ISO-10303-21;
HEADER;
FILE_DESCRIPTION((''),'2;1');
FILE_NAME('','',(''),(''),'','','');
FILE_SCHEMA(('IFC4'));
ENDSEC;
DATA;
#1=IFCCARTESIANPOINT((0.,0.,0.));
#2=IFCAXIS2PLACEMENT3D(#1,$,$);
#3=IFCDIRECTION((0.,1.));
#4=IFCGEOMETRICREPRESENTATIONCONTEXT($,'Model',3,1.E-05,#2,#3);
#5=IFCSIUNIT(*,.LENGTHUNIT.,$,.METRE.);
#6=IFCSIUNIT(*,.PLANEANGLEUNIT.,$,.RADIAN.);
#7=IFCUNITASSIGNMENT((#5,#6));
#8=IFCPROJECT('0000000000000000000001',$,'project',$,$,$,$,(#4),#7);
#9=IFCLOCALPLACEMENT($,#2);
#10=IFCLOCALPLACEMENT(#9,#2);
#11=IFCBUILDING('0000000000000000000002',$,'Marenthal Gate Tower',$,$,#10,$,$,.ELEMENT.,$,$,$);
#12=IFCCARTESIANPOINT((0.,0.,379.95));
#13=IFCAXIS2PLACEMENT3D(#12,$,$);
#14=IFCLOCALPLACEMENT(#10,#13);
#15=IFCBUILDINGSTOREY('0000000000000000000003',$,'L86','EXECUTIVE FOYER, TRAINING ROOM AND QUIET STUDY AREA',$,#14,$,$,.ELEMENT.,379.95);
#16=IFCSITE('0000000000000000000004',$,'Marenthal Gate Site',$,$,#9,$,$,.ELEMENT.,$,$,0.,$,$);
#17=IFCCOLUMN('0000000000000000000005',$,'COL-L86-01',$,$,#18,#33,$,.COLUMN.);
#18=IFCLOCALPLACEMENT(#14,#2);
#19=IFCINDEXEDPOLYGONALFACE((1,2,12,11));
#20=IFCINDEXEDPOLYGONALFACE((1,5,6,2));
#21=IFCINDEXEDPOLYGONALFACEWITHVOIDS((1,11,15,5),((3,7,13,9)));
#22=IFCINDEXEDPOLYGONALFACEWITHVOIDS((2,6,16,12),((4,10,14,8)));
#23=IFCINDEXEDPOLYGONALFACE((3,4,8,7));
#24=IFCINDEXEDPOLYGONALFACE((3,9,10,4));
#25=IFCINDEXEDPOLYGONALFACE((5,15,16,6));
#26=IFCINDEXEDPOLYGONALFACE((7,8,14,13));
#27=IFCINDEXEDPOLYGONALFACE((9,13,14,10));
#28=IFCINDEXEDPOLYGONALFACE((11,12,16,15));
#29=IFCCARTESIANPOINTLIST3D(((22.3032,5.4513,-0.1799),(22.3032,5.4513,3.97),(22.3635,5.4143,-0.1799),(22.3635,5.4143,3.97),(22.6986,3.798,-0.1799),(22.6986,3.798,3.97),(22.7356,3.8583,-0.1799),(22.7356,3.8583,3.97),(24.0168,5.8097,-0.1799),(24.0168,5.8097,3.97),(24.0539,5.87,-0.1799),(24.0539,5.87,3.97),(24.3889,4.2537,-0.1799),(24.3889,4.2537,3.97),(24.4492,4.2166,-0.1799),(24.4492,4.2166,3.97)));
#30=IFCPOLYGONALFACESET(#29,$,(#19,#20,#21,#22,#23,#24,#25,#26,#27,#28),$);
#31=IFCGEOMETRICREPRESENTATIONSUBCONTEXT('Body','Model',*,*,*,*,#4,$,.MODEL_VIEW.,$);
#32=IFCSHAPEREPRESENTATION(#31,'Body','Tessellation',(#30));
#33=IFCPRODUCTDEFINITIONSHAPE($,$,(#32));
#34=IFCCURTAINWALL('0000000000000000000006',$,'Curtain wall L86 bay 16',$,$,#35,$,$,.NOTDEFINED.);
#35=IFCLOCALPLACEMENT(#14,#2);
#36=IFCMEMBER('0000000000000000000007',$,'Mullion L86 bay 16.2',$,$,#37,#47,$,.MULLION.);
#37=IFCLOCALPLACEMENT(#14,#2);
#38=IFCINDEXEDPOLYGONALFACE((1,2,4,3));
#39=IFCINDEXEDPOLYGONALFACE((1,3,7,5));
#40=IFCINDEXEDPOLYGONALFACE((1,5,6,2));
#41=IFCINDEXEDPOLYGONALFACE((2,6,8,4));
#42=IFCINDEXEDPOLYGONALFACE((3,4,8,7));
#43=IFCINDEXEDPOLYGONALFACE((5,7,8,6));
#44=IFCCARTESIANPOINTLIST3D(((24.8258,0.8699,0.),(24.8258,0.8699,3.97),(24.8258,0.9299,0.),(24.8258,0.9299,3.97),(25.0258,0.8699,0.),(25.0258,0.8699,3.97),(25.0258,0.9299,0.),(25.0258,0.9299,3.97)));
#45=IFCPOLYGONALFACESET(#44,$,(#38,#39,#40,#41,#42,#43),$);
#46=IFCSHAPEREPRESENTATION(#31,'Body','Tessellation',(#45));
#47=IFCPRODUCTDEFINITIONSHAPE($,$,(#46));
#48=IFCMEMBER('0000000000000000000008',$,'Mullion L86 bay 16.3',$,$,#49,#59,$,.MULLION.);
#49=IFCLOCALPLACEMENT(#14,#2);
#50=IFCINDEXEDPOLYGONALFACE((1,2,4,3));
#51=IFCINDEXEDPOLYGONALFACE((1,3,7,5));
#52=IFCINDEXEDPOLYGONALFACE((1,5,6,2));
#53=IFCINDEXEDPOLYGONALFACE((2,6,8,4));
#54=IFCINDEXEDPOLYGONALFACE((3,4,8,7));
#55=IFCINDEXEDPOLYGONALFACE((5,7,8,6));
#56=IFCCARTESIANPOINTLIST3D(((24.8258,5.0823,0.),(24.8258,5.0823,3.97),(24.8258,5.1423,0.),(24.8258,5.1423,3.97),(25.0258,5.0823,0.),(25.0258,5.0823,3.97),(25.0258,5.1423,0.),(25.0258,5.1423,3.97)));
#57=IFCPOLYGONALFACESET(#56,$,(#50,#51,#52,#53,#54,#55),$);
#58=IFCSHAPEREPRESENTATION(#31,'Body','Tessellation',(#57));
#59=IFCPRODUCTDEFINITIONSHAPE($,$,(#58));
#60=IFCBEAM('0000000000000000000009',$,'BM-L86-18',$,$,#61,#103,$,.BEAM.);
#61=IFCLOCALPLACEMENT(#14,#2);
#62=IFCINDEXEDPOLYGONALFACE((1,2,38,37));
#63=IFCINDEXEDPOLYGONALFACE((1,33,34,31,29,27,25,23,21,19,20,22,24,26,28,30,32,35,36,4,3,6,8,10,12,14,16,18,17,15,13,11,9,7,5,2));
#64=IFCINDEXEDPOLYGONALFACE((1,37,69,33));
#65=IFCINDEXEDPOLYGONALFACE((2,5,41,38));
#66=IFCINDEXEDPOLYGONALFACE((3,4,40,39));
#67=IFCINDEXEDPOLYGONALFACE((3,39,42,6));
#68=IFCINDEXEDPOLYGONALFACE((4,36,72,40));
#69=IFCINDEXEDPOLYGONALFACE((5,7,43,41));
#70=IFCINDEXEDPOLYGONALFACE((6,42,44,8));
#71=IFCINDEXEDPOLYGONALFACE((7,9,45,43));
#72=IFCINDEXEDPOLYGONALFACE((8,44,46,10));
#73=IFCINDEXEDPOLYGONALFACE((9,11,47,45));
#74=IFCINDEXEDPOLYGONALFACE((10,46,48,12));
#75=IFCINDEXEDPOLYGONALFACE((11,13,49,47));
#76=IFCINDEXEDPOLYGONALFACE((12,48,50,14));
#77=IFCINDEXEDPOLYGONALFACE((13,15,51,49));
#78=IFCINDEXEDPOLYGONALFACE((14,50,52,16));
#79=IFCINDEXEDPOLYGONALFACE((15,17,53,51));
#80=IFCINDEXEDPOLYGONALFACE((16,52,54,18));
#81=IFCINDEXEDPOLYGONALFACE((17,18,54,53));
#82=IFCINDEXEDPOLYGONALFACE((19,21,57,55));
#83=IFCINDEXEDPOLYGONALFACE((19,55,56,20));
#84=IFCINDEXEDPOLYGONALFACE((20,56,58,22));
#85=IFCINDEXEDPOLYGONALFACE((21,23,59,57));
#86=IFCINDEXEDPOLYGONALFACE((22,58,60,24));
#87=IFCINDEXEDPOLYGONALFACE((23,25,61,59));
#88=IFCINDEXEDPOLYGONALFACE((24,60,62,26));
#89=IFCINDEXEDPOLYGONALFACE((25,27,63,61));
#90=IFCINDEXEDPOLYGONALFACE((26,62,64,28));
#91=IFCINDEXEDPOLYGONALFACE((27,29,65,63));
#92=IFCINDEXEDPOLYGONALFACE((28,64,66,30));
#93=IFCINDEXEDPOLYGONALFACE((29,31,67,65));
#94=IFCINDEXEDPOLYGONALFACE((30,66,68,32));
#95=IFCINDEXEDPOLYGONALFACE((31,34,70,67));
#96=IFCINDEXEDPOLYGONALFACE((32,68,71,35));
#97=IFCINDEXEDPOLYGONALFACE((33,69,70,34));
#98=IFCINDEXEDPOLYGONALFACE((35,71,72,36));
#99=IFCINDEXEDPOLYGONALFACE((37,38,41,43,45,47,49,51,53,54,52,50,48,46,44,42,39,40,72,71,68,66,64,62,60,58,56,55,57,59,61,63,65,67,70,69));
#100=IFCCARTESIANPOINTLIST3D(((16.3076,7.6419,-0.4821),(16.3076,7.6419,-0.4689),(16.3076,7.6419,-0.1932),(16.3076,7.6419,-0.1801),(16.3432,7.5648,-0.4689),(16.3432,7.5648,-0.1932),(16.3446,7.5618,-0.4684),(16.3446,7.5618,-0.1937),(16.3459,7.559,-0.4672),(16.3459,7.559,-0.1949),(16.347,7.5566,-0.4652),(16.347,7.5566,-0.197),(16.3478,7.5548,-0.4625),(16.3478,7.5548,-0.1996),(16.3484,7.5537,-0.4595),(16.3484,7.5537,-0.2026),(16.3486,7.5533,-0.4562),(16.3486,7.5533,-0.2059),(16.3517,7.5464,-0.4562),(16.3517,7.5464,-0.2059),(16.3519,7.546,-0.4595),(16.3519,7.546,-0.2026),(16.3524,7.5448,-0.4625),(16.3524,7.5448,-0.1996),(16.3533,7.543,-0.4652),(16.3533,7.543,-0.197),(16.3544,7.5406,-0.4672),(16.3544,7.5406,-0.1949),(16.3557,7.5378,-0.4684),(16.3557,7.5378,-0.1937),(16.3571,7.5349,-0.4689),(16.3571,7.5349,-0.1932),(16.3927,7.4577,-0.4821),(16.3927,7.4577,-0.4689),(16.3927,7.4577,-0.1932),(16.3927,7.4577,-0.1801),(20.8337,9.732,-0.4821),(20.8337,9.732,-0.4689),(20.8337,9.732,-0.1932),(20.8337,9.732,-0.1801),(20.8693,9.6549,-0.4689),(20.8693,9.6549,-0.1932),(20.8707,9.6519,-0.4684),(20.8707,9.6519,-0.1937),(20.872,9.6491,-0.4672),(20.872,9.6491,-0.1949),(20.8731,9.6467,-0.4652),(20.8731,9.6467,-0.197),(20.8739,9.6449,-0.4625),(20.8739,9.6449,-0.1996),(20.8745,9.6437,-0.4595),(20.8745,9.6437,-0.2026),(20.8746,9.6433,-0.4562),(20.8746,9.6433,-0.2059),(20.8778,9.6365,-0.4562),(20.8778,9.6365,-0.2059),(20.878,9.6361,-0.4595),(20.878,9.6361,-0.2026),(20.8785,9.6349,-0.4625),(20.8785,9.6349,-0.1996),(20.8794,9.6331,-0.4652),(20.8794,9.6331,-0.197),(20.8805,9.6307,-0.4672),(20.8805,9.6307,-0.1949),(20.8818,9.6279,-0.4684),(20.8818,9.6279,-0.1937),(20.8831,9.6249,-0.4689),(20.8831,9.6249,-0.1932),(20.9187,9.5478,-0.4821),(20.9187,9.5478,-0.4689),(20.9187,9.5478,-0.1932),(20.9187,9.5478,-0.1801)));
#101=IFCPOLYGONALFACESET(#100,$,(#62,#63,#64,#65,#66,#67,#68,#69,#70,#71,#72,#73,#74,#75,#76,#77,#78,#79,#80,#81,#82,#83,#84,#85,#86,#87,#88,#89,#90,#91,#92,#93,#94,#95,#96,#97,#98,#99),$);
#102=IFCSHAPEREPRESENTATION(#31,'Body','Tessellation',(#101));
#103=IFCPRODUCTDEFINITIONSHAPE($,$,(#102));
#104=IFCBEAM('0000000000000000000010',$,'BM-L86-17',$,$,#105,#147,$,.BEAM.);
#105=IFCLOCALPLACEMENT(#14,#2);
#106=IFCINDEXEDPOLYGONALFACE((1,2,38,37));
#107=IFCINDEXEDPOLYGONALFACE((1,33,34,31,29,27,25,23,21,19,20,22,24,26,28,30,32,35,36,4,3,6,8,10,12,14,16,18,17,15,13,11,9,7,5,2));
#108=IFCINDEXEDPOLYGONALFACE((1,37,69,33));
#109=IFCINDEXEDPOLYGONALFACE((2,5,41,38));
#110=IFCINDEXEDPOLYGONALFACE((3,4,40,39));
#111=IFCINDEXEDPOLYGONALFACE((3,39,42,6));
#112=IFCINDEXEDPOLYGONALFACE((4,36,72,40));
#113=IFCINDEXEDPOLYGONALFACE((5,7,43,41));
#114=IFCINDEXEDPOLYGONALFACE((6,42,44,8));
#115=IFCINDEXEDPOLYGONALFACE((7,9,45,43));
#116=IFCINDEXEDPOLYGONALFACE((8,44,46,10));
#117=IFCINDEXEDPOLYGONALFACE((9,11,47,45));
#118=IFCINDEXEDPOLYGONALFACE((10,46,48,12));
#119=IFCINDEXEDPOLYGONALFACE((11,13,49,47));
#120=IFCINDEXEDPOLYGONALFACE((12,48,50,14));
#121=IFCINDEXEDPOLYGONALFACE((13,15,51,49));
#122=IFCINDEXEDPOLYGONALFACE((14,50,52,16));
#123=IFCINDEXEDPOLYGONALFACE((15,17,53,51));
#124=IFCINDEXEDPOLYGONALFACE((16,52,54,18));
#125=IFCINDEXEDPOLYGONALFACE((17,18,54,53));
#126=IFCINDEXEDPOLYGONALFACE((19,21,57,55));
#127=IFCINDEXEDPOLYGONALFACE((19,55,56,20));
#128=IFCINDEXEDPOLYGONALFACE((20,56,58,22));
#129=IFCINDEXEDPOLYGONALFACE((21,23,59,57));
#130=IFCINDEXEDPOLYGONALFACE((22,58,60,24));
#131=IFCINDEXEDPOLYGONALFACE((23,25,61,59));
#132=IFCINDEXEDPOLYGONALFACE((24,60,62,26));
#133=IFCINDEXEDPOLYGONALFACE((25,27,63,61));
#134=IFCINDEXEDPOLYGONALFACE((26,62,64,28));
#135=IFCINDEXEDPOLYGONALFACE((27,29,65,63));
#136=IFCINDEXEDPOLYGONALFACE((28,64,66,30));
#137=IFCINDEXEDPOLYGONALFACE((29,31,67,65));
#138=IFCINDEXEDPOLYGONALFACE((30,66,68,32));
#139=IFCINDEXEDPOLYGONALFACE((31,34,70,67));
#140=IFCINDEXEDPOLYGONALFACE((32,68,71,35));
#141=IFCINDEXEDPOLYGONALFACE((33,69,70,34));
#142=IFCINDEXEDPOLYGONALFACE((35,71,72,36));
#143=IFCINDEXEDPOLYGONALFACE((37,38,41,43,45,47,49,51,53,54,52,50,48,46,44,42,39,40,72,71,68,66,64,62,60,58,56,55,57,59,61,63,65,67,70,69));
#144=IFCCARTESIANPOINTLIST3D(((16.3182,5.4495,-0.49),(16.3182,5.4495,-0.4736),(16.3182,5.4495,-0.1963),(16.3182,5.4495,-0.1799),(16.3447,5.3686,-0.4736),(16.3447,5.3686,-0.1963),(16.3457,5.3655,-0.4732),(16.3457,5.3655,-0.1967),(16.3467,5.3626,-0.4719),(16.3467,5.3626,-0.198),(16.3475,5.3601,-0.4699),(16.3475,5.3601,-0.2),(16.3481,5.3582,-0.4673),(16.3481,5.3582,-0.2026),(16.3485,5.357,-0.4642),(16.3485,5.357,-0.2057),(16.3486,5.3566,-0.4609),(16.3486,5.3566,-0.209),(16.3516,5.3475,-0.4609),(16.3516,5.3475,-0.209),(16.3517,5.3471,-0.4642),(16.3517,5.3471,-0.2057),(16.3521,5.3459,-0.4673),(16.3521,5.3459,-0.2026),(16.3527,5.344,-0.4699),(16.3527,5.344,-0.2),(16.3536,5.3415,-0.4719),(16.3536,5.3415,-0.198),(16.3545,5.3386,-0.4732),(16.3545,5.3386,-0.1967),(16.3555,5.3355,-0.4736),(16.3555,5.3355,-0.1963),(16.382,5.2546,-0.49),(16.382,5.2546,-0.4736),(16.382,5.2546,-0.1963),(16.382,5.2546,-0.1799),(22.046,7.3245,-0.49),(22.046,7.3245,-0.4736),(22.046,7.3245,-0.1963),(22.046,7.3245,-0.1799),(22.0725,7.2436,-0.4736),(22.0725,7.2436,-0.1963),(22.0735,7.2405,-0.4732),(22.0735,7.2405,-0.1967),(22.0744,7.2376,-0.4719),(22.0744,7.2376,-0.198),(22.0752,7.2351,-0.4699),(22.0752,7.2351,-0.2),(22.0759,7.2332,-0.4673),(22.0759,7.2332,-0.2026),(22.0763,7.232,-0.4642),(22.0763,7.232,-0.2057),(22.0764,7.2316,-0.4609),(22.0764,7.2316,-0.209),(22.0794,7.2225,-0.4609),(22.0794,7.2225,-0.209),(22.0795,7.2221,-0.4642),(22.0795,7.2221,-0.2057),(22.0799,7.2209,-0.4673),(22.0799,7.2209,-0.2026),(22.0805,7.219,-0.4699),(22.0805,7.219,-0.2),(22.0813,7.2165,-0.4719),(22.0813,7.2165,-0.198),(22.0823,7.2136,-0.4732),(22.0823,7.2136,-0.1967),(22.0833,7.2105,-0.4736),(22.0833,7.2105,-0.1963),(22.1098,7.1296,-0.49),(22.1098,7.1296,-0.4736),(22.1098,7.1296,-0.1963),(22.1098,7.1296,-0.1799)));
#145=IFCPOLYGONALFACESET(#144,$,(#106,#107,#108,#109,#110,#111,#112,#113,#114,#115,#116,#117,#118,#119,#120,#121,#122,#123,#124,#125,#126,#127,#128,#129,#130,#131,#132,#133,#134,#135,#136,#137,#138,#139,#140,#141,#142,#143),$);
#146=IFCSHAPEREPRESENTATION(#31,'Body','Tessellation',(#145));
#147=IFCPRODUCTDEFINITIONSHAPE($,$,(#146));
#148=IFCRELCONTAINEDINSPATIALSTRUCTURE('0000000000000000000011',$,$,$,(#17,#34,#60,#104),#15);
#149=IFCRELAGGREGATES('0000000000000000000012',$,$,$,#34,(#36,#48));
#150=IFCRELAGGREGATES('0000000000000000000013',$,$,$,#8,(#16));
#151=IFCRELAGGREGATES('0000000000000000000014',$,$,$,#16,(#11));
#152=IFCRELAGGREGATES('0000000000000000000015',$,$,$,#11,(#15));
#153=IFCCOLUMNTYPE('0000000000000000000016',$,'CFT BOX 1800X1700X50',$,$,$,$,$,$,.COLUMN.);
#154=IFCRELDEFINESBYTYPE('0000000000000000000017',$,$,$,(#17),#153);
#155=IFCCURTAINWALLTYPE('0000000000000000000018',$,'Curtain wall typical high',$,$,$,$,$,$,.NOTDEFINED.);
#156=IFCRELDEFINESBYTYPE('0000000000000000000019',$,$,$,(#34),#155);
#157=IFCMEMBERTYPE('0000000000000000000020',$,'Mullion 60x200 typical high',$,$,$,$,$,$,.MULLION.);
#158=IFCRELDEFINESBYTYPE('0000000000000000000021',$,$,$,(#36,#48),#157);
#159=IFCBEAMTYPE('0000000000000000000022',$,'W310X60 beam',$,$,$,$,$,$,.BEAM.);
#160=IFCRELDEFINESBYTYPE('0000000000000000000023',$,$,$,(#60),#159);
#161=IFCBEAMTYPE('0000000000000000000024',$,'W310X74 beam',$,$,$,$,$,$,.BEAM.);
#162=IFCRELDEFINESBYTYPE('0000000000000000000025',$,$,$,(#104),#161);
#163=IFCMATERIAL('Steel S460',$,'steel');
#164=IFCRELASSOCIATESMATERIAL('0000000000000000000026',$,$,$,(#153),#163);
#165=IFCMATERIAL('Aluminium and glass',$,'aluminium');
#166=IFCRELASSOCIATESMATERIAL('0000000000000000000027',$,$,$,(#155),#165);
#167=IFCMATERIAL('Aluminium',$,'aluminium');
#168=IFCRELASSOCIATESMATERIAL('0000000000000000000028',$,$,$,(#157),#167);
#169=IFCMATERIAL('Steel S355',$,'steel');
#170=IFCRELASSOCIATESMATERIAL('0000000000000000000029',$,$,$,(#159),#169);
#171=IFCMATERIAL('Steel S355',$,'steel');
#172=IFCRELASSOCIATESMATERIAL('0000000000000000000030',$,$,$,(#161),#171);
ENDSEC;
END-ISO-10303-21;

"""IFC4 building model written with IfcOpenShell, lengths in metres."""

from ifc_helpers import new_model, si_unit, direction, frame, origin, origin_2d, place, context, subcontext, project, spatial, rectangle, hollow_rectangle, i_section, extrude, material, material_profile, profile_set, type_object, element, aggregate, save


model = new_model("IFC4")

# Units and contexts
model_context = context("Model", 3, precision=1e-05, world=origin(), true_north=direction((0.0, 1.0)))
body_context = subcontext(model_context, "Body", "Model", "MODEL_VIEW")
ifc_project = project(units=[si_unit("LENGTHUNIT", "METRE"), si_unit("PLANEANGLEUNIT", "RADIAN")], contexts=[model_context])

# Site, building, storey
site_placement = place(None, origin())
site = spatial("IfcSite", under=ifc_project, at=site_placement, Name="Marenthal Gate Site", CompositionType="ELEMENT", RefElevation=0.0)
building_placement = place(site_placement, origin())
building = spatial("IfcBuilding", under=site, at=building_placement, Name="Marenthal Gate Tower", CompositionType="ELEMENT")
storey_placement = place(building_placement, frame((0.0, 0.0, 379.95)))
storey = spatial("IfcBuildingStorey", under=building, at=storey_placement, Name="L86", Description="EXECUTIVE FOYER, TRAINING ROOM AND QUIET STUDY AREA", CompositionType="ELEMENT", Elevation=379.95)

# Column
ifc_material_1 = material(Name="Steel S460", Category="steel")
ifc_material_profile_1 = material_profile(ifc_material_1, hollow_rectangle(XDim=1.7, YDim=1.8, WallThickness=0.05, at=origin_2d()), Name="CFT BOX 1800X1700X50")
ifc_material_2 = material(Name="Concrete 70 MPa", Category="concrete")
ifc_material_profile_2 = material_profile(ifc_material_2, rectangle(XDim=1.6001, YDim=1.7, at=origin_2d()), Name="CFT BOX 1800X1700X50 INFILL")
ifc_profile_set_1 = profile_set([ifc_material_profile_1, ifc_material_profile_2], Name="Steel S460 shell, Concrete 70 MPa infill")
column_type = type_object("IfcColumnType", Name="CFT BOX 1800X1700X50", PredefinedType="COLUMN", material=ifc_profile_set_1)
column_placement = place(storey_placement, frame((23.3762, 4.834, -0.1799), z_axis=(0.0, 0.0, 1.0), x_axis=(0.232571, -0.972579, 0.0)))
element("IfcColumn", 1, at=column_placement, inside=storey, type_object=column_type, Name="COL-L86-01", PredefinedType="COLUMN", context=body_context, shape_type="SweptSolid", body=[
    extrude(hollow_rectangle(XDim=1.7, YDim=1.8, WallThickness=0.05, at=origin_2d()), origin(), (0.0, 0.0, 1.0), 4.1499),
])

# Curtain wall, members
ifc_material_3 = material(Name="Aluminium and glass", Category="aluminium")
curtain_wall_type = type_object("IfcCurtainWallType", Name="Curtain wall typical high", PredefinedType="NOTDEFINED", material=ifc_material_3)
curtain_wall_placement = place(storey_placement, origin())
curtain_wall = element("IfcCurtainWall", 2, at=curtain_wall_placement, inside=storey, type_object=curtain_wall_type, Name="Curtain wall L86 bay 16", PredefinedType="NOTDEFINED")
ifc_material_4 = material(Name="Aluminium", Category="aluminium")
ifc_material_profile_3 = material_profile(ifc_material_4, rectangle(XDim=0.2, YDim=0.0601, at=origin_2d()), Name="60x200 aluminium mullion")
ifc_profile_set_2 = profile_set([ifc_material_profile_3], Name="Aluminium")
member_type = type_object("IfcMemberType", Name="Mullion 60x200 typical high", PredefinedType="MULLION", material=ifc_profile_set_2)
member_1_placement = place(storey_placement, frame((24.9258, 0.8999, 0.0), z_axis=(0.0, 0.0, 1.0), x_axis=(-1.0, 0.0, 0.0)))
member_1 = element("IfcMember", 3, at=member_1_placement, type_object=member_type, Name="Mullion L86 bay 16.2", PredefinedType="MULLION", context=body_context, shape_type="SweptSolid", body=[
    extrude(rectangle(XDim=0.2, YDim=0.0601, at=origin_2d()), origin(), (0.0, 0.0, 1.0), 3.97),
])
member_2_placement = place(storey_placement, frame((24.9258, 5.1123, 0.0), z_axis=(0.0, 0.0, 1.0), x_axis=(-1.0, 0.0, 0.0)))
member_2 = element("IfcMember", 4, at=member_2_placement, type_object=member_type, Name="Mullion L86 bay 16.3", PredefinedType="MULLION", context=body_context, shape_type="SweptSolid", body=[
    extrude(rectangle(XDim=0.2, YDim=0.0601, at=origin_2d()), origin(), (0.0, 0.0, 1.0), 3.97),
])

# Beams
ifc_material_5 = material(Name="Steel S355", Category="steel")
ifc_material_profile_4 = material_profile(ifc_material_5, i_section(OverallWidth=0.2029, OverallDepth=0.302, WebThickness=0.0076, FlangeThickness=0.0132, FilletRadius=0.0127, at=origin_2d()), Name="W310X60")
ifc_profile_set_3 = profile_set([ifc_material_profile_4], Name="Steel S355")
beam_type_1 = type_object("IfcBeamType", Name="W310X60 beam", PredefinedType="BEAM", material=ifc_profile_set_3)
beam_1_placement = place(storey_placement, frame((20.8762, 9.6399, -0.3311), z_axis=(-0.907875, -0.419241, 0.0), x_axis=(0.419241, -0.907875, 0.0)))
element("IfcBeam", 5, at=beam_1_placement, inside=storey, type_object=beam_type_1, Name="BM-L86-18", PredefinedType="BEAM", context=body_context, shape_type="SweptSolid", body=[
    extrude(i_section(OverallWidth=0.2029, OverallDepth=0.302, WebThickness=0.0076, FlangeThickness=0.0132, FilletRadius=0.0127, at=origin_2d()), origin(), (0.0, 0.0, 1.0), 4.9854),
])
ifc_material_6 = material(Name="Steel S355", Category="steel")
ifc_material_profile_5 = material_profile(ifc_material_6, i_section(OverallWidth=0.2051, OverallDepth=0.3101, WebThickness=0.0095, FlangeThickness=0.0164, FilletRadius=0.0127, at=origin_2d()), Name="W310X74")
ifc_profile_set_4 = profile_set([ifc_material_profile_5], Name="Steel S355")
beam_type_2 = type_object("IfcBeamType", Name="W310X74 beam", PredefinedType="BEAM", material=ifc_profile_set_4)
beam_2_placement = place(storey_placement, frame((22.0779, 7.2271, -0.335), z_axis=(-0.950375, -0.311107, 0.0), x_axis=(0.311107, -0.950375, 0.0)))
element("IfcBeam", 6, at=beam_2_placement, inside=storey, type_object=beam_type_2, Name="BM-L86-17", PredefinedType="BEAM", context=body_context, shape_type="SweptSolid", body=[
    extrude(i_section(OverallWidth=0.2051, OverallDepth=0.3101, WebThickness=0.0095, FlangeThickness=0.0164, FilletRadius=0.0127, at=origin_2d()), origin(), (0.0, 0.0, 1.0), 6.0269),
])

aggregate(curtain_wall, [member_1, member_2])

save(model, "model.ifc")
